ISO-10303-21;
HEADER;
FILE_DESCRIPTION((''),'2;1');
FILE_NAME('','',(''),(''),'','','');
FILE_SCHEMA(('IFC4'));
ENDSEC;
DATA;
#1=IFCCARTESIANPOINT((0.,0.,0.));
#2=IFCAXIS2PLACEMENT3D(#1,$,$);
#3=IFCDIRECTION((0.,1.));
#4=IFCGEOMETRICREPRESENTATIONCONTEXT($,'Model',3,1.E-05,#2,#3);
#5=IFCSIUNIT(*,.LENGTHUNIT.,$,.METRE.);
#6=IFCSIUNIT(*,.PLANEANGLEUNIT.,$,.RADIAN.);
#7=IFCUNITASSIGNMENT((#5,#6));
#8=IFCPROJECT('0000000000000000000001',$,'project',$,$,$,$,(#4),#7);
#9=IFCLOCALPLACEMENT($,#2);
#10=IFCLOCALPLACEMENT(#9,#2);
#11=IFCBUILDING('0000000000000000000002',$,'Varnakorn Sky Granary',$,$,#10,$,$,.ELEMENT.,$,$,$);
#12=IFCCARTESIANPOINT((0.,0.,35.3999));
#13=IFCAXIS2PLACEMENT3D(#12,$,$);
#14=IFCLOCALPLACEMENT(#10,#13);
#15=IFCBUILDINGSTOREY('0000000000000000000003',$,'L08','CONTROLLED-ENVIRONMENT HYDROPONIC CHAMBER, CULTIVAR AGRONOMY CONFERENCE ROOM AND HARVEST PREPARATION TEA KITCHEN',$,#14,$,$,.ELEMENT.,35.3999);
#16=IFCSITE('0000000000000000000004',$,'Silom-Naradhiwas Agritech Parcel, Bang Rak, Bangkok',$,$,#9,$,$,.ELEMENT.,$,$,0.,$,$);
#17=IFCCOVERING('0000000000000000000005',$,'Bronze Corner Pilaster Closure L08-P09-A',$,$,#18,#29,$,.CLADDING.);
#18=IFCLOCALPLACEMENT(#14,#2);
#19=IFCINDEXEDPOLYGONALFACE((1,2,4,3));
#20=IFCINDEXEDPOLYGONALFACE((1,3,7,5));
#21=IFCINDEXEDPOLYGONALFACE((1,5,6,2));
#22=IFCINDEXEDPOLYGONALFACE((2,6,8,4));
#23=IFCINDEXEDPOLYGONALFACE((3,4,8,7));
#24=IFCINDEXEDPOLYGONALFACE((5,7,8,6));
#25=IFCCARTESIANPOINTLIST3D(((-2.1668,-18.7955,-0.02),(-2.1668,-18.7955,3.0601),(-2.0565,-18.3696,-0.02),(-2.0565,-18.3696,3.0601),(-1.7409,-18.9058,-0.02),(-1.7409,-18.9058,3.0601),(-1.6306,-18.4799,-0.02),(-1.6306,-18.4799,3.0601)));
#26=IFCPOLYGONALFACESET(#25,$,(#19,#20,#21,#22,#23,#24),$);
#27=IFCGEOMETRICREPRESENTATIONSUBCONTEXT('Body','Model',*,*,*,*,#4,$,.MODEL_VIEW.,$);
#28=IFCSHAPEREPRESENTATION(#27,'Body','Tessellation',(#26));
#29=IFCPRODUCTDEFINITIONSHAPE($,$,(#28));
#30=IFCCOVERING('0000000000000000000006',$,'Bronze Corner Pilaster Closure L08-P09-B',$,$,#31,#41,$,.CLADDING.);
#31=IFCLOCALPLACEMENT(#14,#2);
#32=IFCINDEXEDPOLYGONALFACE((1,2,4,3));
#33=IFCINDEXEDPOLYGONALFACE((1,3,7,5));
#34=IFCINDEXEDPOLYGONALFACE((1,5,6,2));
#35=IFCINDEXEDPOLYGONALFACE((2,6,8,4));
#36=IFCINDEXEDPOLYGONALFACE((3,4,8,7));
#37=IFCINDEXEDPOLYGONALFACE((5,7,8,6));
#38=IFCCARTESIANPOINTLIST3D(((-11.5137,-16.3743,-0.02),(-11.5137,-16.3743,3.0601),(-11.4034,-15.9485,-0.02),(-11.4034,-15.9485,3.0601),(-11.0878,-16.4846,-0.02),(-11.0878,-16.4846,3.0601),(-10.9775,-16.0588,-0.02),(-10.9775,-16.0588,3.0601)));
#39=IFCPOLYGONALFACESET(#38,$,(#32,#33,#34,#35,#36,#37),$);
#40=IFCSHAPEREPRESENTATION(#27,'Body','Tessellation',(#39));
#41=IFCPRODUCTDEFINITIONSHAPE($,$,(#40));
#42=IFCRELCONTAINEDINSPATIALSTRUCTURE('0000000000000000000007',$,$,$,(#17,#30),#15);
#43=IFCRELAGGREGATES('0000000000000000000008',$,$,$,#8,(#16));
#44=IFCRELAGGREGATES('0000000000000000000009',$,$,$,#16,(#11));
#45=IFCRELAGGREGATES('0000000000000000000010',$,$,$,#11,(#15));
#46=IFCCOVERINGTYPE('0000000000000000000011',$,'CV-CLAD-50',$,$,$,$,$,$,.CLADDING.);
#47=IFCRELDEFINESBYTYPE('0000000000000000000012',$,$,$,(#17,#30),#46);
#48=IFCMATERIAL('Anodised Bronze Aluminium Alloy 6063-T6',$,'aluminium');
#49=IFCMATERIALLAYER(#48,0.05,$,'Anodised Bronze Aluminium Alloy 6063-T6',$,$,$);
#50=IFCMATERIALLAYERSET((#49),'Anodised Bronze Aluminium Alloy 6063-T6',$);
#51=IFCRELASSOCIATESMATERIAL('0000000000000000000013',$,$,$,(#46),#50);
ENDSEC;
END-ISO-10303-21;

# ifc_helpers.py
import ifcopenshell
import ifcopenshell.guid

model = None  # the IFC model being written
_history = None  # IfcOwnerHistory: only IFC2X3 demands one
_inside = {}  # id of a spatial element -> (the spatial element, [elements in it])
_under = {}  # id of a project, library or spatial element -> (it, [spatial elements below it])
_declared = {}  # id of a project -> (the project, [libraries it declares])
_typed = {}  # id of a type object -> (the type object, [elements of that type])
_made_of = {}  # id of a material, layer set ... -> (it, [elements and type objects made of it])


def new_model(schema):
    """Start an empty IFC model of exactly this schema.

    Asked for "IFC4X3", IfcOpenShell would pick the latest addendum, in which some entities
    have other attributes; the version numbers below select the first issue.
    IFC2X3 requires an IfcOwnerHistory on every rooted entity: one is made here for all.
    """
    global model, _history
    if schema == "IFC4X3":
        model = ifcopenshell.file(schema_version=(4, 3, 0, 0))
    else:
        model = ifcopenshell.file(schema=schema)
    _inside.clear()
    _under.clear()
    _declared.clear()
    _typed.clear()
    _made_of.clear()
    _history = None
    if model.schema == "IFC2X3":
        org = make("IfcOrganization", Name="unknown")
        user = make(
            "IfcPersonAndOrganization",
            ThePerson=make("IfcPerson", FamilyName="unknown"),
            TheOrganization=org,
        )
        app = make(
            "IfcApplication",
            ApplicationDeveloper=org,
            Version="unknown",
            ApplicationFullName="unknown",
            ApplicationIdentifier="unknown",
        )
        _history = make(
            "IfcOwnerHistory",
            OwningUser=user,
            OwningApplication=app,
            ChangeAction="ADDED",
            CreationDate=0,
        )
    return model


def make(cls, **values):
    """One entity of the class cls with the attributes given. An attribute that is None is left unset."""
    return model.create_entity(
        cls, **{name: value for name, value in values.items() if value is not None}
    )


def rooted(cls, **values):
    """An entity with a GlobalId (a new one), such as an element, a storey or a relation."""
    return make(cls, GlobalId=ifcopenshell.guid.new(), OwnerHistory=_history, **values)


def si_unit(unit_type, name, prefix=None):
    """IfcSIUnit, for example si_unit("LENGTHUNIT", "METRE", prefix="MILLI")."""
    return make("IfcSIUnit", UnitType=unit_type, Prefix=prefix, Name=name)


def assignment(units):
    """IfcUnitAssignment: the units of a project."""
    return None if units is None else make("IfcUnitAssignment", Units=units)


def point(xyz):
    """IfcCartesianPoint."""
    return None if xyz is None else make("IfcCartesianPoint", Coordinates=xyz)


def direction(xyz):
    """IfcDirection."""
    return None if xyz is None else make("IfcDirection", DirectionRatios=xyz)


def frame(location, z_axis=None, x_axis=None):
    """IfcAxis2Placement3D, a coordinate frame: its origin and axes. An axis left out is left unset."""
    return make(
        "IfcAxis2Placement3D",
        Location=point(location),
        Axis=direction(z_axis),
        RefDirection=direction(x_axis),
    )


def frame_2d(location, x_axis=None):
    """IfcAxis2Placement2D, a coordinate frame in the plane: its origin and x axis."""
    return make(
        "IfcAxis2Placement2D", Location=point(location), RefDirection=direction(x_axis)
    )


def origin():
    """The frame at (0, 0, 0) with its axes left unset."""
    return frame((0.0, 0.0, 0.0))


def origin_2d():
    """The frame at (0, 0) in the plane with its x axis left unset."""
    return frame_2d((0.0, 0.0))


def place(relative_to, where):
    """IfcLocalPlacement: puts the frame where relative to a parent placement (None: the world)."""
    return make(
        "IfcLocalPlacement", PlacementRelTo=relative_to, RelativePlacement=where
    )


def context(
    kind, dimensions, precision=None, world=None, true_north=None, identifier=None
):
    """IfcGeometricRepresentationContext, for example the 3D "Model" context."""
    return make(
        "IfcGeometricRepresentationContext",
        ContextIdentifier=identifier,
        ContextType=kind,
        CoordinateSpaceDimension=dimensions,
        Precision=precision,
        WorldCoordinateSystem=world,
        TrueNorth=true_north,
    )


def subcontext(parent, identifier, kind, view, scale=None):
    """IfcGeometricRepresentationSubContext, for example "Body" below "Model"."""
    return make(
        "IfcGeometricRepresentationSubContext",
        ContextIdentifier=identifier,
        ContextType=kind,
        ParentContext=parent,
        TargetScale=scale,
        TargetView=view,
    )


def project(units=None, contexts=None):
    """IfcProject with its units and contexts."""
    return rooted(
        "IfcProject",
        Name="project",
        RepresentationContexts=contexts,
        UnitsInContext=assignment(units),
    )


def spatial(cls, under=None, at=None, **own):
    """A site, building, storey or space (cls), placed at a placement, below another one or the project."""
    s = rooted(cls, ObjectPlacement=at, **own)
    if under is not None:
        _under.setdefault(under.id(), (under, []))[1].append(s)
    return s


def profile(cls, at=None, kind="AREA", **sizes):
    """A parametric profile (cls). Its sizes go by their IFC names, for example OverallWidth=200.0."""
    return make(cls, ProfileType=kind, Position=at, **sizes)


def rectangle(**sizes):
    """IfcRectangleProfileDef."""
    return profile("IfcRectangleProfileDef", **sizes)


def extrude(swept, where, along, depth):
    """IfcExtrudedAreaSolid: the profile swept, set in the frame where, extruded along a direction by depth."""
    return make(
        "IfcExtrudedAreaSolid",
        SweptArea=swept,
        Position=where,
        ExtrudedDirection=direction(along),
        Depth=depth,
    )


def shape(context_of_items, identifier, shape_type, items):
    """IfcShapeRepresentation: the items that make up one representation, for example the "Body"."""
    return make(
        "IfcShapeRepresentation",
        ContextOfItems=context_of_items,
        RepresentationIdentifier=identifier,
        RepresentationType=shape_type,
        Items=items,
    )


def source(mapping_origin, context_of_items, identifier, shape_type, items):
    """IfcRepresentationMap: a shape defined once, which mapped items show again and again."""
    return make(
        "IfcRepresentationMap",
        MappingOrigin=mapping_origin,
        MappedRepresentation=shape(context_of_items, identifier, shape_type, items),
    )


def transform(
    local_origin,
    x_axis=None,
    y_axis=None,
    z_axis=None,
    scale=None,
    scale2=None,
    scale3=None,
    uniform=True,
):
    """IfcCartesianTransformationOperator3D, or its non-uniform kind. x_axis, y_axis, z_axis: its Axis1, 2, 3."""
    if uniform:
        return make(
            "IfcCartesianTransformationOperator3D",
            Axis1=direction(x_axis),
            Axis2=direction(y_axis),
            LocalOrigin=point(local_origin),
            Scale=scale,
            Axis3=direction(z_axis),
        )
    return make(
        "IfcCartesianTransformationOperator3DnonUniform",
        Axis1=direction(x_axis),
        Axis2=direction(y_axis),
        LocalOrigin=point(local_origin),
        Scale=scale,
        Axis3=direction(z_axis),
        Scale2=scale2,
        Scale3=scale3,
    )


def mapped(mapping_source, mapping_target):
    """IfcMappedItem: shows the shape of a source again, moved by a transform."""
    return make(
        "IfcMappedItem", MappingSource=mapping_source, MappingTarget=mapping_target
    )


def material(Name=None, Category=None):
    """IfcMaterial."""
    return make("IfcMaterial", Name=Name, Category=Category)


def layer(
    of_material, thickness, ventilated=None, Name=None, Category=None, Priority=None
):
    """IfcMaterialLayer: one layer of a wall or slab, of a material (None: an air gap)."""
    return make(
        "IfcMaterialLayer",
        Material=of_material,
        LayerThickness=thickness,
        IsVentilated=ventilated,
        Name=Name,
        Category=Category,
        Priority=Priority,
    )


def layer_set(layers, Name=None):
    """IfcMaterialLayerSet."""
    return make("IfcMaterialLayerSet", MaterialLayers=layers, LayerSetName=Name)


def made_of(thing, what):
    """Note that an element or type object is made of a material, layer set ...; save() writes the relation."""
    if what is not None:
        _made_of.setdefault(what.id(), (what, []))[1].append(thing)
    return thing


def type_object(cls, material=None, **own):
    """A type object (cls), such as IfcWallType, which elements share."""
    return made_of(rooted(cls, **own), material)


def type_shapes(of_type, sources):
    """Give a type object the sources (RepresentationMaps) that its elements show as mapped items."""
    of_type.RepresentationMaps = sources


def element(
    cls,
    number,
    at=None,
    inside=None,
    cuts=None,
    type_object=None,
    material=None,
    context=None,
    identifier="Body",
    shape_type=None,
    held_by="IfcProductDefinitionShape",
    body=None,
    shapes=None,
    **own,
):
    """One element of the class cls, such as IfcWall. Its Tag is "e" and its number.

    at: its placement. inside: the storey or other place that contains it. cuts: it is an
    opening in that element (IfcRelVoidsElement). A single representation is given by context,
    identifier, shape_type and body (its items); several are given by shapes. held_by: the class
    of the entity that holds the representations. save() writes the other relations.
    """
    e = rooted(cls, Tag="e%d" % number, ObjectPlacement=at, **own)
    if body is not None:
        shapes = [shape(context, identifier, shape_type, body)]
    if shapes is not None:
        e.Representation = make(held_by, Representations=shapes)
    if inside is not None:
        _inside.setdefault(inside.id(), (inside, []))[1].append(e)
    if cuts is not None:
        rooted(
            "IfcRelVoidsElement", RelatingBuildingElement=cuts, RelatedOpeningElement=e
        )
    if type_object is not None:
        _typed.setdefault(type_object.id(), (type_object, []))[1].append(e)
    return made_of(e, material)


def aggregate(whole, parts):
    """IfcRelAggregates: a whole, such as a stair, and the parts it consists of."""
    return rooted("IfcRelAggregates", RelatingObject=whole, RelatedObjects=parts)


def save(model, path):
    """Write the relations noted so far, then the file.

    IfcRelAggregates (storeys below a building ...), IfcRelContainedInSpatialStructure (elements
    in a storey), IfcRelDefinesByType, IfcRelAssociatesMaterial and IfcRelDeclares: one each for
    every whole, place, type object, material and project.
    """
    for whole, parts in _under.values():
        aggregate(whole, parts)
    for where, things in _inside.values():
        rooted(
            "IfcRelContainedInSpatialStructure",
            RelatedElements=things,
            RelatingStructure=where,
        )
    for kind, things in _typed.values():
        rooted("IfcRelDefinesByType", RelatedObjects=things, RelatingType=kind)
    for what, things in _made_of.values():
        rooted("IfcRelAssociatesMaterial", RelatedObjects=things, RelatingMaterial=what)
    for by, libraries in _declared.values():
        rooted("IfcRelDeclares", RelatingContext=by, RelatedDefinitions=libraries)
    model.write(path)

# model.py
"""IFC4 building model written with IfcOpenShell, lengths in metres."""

from ifc_helpers import new_model, si_unit, direction, frame, origin, origin_2d, place, context, subcontext, project, spatial, rectangle, extrude, source, transform, mapped, material, layer, layer_set, type_object, type_shapes, element, save


model = new_model("IFC4")

# Units and contexts
model_context = context("Model", 3, precision=1e-05, world=origin(), true_north=direction((0.0, 1.0)))
body_context = subcontext(model_context, "Body", "Model", "MODEL_VIEW")
ifc_project = project(units=[si_unit("LENGTHUNIT", "METRE"), si_unit("PLANEANGLEUNIT", "RADIAN")], contexts=[model_context])

# Site, building, storey
site_placement = place(None, origin())
site = spatial("IfcSite", under=ifc_project, at=site_placement, Name="Silom-Naradhiwas Agritech Parcel, Bang Rak, Bangkok", CompositionType="ELEMENT", RefElevation=0.0)
building_placement = place(site_placement, origin())
building = spatial("IfcBuilding", under=site, at=building_placement, Name="Varnakorn Sky Granary", CompositionType="ELEMENT")
storey_placement = place(building_placement, frame((0.0, 0.0, 35.3999)))
storey = spatial("IfcBuildingStorey", under=building, at=storey_placement, Name="L08", Description="CONTROLLED-ENVIRONMENT HYDROPONIC CHAMBER, CULTIVAR AGRONOMY CONFERENCE ROOM AND HARVEST PREPARATION TEA KITCHEN", CompositionType="ELEMENT", Elevation=35.3999)

# Shared definitions
ifc_material_1 = material(Name="Anodised Bronze Aluminium Alloy 6063-T6", Category="aluminium")

# Coverings
ifc_layer_1 = layer(ifc_material_1, 0.05, Name="Anodised Bronze Aluminium Alloy 6063-T6")
ifc_layer_set_1 = layer_set([ifc_layer_1], Name="Anodised Bronze Aluminium Alloy 6063-T6")
covering_type = type_object("IfcCoveringType", Name="CV-CLAD-50", PredefinedType="CLADDING", material=ifc_layer_set_1)
shared_shape_1 = source(origin(), body_context, "Body", "SweptSolid", [
    extrude(rectangle(XDim=0.4399, YDim=0.4399, at=origin_2d()), origin(), (0.0, 0.0, 1.0), 3.0801),
])
type_shapes(covering_type, [shared_shape_1])
for number, where, z_axis, x_axis, name in (
    (1, (-1.8987, -18.6377, -0.02), (0.0, 0.0, 1.0), (-0.96806, 0.250718, 0.0), "Bronze Corner Pilaster Closure L08-P09-A"),
    (2, (-11.2456, -16.2166, -0.02), (0.0, 0.0, 1.0), (-0.96806, 0.250718, 0.0), "Bronze Corner Pilaster Closure L08-P09-B"),
):
    element("IfcCovering", number, at=place(storey_placement, frame(where, z_axis=z_axis, x_axis=x_axis)), inside=storey, type_object=covering_type, Name=name, PredefinedType="CLADDING", context=body_context, shape_type="MappedRepresentation", body=[
        mapped(shared_shape_1, transform((0.0, 0.0, 0.0), x_axis=(1.0, 0.0, 0.0), y_axis=(0.0, 1.0, 0.0), z_axis=(0.0, 0.0, 1.0), scale=1.0)),
    ])

save(model, "model.ifc")
